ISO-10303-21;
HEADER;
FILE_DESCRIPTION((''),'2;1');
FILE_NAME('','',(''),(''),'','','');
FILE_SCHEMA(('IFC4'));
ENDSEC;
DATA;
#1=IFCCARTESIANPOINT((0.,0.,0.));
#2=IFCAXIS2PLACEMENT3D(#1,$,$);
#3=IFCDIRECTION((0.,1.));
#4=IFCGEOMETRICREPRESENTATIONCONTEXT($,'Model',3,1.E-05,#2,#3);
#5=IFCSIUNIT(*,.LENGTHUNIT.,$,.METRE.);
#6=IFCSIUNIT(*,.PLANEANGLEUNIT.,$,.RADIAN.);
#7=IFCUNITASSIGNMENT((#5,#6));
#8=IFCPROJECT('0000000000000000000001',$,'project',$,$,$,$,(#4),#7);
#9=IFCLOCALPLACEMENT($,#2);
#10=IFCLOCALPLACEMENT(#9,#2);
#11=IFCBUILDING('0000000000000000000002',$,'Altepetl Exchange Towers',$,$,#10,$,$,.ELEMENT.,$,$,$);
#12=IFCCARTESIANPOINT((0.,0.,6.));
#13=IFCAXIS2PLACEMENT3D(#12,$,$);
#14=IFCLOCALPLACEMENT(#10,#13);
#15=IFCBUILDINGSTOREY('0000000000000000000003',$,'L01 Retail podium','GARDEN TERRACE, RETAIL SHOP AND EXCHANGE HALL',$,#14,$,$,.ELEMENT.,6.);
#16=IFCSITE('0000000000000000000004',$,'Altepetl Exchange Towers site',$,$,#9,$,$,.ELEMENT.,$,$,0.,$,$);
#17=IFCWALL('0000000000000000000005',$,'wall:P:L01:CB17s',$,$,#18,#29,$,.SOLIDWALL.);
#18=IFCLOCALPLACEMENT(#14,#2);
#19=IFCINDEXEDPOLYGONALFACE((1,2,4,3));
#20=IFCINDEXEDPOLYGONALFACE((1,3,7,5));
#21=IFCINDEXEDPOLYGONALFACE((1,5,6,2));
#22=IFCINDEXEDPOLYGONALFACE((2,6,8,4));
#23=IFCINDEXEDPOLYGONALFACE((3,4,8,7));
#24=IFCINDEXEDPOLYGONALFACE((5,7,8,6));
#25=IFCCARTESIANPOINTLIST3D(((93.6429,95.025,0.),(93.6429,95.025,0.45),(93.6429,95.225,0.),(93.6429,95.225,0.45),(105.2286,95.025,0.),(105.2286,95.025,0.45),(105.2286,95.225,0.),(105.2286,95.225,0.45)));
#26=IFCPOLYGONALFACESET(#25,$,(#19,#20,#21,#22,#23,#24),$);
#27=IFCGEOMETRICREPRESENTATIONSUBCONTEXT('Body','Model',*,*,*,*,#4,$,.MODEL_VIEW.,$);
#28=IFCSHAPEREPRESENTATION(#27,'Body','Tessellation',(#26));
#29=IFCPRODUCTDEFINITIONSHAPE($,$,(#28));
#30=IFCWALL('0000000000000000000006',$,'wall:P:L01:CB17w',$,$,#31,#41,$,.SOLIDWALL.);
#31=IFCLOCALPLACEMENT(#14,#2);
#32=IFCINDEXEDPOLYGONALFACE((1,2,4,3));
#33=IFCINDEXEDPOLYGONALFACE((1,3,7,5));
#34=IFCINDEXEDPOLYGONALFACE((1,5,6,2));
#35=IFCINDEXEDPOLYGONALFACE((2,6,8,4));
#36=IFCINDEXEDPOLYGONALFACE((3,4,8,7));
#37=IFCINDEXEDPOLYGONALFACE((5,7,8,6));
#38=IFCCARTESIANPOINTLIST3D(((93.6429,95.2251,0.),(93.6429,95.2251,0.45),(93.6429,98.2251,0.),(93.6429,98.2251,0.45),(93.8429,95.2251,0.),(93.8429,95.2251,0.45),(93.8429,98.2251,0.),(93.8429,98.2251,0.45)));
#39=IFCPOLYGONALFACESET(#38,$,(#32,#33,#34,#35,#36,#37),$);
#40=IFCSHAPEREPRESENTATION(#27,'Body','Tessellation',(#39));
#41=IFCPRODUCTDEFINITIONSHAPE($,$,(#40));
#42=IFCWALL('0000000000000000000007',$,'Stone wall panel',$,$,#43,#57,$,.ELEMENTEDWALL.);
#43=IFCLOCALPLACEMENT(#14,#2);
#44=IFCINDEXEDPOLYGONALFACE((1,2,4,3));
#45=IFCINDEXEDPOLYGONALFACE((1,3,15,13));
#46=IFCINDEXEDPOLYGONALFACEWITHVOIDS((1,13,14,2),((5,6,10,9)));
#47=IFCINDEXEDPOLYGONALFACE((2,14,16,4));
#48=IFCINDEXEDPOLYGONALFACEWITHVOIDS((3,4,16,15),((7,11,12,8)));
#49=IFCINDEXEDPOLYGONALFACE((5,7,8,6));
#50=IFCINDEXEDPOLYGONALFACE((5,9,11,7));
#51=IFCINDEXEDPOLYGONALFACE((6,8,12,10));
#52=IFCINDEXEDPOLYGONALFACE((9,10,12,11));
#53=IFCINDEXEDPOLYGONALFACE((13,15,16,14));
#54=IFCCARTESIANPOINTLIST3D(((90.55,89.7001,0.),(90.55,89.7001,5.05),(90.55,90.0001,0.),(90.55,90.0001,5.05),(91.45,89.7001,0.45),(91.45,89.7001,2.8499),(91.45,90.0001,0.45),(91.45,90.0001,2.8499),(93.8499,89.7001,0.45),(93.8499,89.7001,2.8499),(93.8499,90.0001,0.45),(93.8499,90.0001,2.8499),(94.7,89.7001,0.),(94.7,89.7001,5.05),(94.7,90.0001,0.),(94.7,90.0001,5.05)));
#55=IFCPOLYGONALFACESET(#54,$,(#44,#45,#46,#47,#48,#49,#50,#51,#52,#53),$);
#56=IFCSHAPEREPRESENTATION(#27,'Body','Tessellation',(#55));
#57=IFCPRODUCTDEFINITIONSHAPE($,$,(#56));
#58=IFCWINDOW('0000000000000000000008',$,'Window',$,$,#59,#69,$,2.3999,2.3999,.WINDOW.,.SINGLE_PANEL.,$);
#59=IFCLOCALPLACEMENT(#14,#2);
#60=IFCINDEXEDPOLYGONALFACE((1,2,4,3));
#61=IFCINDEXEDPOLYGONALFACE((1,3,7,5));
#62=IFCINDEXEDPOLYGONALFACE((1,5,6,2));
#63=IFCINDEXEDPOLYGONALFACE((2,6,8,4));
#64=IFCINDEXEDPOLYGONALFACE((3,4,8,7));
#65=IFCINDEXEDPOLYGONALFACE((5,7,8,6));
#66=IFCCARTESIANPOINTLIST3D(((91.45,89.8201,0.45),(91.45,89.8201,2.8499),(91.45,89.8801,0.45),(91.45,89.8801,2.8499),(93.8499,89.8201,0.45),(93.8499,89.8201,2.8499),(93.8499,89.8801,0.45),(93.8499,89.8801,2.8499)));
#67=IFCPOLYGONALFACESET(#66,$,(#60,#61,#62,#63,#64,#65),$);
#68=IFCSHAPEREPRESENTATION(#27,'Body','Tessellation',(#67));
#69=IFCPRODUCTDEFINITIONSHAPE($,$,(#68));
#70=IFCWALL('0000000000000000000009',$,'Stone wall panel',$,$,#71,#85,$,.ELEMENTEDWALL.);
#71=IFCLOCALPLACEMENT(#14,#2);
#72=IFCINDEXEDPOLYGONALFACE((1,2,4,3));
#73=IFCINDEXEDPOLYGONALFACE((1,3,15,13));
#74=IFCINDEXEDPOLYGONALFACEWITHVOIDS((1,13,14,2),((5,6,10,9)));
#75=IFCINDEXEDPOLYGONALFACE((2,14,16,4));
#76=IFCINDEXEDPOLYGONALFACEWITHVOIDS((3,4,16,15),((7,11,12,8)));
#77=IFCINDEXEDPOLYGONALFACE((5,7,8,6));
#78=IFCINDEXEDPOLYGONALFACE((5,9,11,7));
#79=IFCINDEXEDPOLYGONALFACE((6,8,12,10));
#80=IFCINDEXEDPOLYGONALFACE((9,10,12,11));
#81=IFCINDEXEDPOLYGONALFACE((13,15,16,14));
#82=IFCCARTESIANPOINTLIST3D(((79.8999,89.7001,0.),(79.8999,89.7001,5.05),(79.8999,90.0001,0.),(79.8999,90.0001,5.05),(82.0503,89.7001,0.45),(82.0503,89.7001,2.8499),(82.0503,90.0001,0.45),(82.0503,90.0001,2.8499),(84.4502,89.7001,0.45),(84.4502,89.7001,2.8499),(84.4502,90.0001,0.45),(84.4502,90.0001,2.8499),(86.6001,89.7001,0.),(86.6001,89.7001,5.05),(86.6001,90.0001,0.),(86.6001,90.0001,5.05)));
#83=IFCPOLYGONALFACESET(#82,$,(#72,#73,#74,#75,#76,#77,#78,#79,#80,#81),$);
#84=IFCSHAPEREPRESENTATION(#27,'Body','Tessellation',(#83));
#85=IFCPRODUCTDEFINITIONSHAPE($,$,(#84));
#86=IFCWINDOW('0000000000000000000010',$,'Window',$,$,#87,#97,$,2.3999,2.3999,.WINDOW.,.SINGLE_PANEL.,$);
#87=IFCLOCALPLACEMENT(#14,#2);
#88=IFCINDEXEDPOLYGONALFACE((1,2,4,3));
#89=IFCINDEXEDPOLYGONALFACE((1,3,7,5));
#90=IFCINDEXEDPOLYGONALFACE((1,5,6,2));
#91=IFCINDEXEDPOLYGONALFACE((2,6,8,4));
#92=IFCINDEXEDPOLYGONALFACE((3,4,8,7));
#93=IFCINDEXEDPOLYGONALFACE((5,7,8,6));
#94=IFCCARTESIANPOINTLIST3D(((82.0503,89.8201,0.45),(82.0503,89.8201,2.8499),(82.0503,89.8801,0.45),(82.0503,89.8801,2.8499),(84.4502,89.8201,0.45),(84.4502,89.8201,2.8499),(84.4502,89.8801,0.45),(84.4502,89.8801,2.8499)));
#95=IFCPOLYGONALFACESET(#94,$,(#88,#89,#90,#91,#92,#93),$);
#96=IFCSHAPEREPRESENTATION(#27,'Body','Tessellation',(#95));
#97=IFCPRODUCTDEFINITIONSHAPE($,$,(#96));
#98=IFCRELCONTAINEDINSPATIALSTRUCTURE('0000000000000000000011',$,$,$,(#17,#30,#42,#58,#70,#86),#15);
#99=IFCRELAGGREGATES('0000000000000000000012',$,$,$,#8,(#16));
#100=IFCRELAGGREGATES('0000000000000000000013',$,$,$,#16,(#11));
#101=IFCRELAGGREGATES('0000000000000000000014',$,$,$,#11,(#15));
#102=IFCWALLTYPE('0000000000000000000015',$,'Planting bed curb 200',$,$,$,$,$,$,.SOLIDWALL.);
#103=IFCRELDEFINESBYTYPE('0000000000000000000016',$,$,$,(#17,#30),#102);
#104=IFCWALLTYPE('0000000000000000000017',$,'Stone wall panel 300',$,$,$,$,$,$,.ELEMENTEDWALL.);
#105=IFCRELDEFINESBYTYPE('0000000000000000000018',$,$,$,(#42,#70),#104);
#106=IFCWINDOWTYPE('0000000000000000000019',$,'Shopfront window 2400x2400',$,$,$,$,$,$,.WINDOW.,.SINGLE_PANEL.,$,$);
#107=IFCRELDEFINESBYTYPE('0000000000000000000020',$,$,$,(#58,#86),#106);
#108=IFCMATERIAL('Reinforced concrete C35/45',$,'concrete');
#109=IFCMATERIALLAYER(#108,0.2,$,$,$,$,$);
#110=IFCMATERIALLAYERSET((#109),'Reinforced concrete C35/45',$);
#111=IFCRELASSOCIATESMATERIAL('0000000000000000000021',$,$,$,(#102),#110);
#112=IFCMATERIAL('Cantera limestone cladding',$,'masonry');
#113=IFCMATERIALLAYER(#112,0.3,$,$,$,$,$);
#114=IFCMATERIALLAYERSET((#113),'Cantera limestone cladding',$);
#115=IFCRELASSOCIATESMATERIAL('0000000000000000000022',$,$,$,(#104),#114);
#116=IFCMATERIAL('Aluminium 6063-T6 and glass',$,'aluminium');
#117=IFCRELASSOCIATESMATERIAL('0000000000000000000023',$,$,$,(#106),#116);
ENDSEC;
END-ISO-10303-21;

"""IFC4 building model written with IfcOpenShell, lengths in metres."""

from ifc_helpers import new_model, si_unit, direction, frame, frame_2d, origin, place, context, subcontext, project, spatial, rectangle, extrude, material, layer, layer_set, type_object, element, fill, save


model = new_model("IFC4")

# Units and contexts
model_context = context("Model", 3, precision=1e-05, world=origin(), true_north=direction((0.0, 1.0)))
body_context = subcontext(model_context, "Body", "Model", "MODEL_VIEW")
ifc_project = project(units=[si_unit("LENGTHUNIT", "METRE"), si_unit("PLANEANGLEUNIT", "RADIAN")], contexts=[model_context])

# Site, building, storey
site_placement = place(None, origin())
site = spatial("IfcSite", under=ifc_project, at=site_placement, Name="Altepetl Exchange Towers site", CompositionType="ELEMENT", RefElevation=0.0)
building_placement = place(site_placement, origin())
building = spatial("IfcBuilding", under=site, at=building_placement, Name="Altepetl Exchange Towers", CompositionType="ELEMENT")
storey_placement = place(building_placement, frame((0.0, 0.0, 6.0)))
storey = spatial("IfcBuildingStorey", under=building, at=storey_placement, Name="L01 Retail podium", Description="GARDEN TERRACE, RETAIL SHOP AND EXCHANGE HALL", CompositionType="ELEMENT", Elevation=6.0)

# Shared definitions
ifc_material_1 = material(Name="Aluminium 6063-T6 and glass", Category="aluminium")

# Walls
ifc_material_2 = material(Name="Reinforced concrete C35/45", Category="concrete")
ifc_layer_1 = layer(ifc_material_2, 0.2)
ifc_layer_set_1 = layer_set([ifc_layer_1], Name="Reinforced concrete C35/45")
wall_type_1 = type_object("IfcWallType", Name="Planting bed curb 200", PredefinedType="SOLIDWALL", material=ifc_layer_set_1)
wall_1_placement = place(storey_placement, frame((93.6428, 95.125, 0.0)))
element("IfcWall", 1, at=wall_1_placement, inside=storey, type_object=wall_type_1, Name="wall:P:L01:CB17s", PredefinedType="SOLIDWALL", context=body_context, shape_type="SweptSolid", body=[
    extrude(rectangle(XDim=11.5857, YDim=0.2, at=frame_2d((5.793, 0.0))), origin(), (0.0, 0.0, 1.0), 0.45),
])
wall_2_placement = place(storey_placement, frame((93.7429, 95.2251, 0.0), z_axis=(0.0, 0.0, 1.0), x_axis=(0.0, 1.0, 0.0)))
element("IfcWall", 2, at=wall_2_placement, inside=storey, type_object=wall_type_1, Name="wall:P:L01:CB17w", PredefinedType="SOLIDWALL", context=body_context, shape_type="SweptSolid", body=[
    extrude(rectangle(XDim=3.0, YDim=0.2, at=frame_2d((1.5, 0.0))), origin(), (0.0, 0.0, 1.0), 0.45),
])

# Walls, openings, windows
ifc_material_3 = material(Name="Cantera limestone cladding", Category="masonry")
ifc_layer_2 = layer(ifc_material_3, 0.3)
ifc_layer_set_2 = layer_set([ifc_layer_2], Name="Cantera limestone cladding")
wall_type_2 = type_object("IfcWallType", Name="Stone wall panel 300", PredefinedType="ELEMENTEDWALL", material=ifc_layer_set_2)
wall_3_placement = place(storey_placement, frame((94.7, 89.8501, 0.0), z_axis=(0.0, 0.0, 1.0), x_axis=(-1.0, 0.0, 0.0)))
wall_3 = element("IfcWall", 3, at=wall_3_placement, inside=storey, type_object=wall_type_2, Name="Stone wall panel", PredefinedType="ELEMENTEDWALL", context=body_context, shape_type="SweptSolid", body=[
    extrude(rectangle(XDim=4.1499, YDim=0.3, at=frame_2d((2.075, 0.0))), origin(), (0.0, 0.0, 1.0), 5.05),
])
opening_1_placement = place(wall_3_placement, frame((0.8501, 0.0, 0.45)))
opening_1 = element("IfcOpeningElement", 4, at=opening_1_placement, cuts=wall_3, PredefinedType="OPENING", context=body_context, shape_type="SweptSolid", body=[
    extrude(rectangle(XDim=2.3999, YDim=2.3999, at=frame_2d((1.2, 1.2))), frame((0.0, 0.1602, 0.0), z_axis=(0.0, -1.0, 0.0), x_axis=(1.0, 0.0, 0.0)), (0.0, 0.0, 1.0), 0.3201),
])
window_type = type_object("IfcWindowType", Name="Shopfront window 2400x2400", PartitioningType="SINGLE_PANEL", PredefinedType="WINDOW", material=ifc_material_1)
window_1_placement = place(opening_1_placement, origin())
window_1 = element("IfcWindow", 5, at=window_1_placement, inside=storey, type_object=window_type, Name="Window", OverallHeight=2.3999, OverallWidth=2.3999, PartitioningType="SINGLE_PANEL", PredefinedType="WINDOW", context=body_context, shape_type="SweptSolid", body=[
    extrude(rectangle(XDim=2.3999, YDim=2.3999, at=frame_2d((1.2, 1.2))), frame((0.0, 0.03, 0.0), z_axis=(0.0, -1.0, 0.0), x_axis=(1.0, 0.0, 0.0)), (0.0, 0.0, 1.0), 0.0601),
])
fill(opening_1, window_1)
wall_4_placement = place(storey_placement, frame((86.6001, 89.8501, 0.0), z_axis=(0.0, 0.0, 1.0), x_axis=(-1.0, 0.0, 0.0)))
wall_4 = element("IfcWall", 6, at=wall_4_placement, inside=storey, type_object=wall_type_2, Name="Stone wall panel", PredefinedType="ELEMENTEDWALL", context=body_context, shape_type="SweptSolid", body=[
    extrude(rectangle(XDim=6.7002, YDim=0.3, at=frame_2d((3.3501, 0.0))), origin(), (0.0, 0.0, 1.0), 5.05),
])
opening_2_placement = place(wall_4_placement, frame((2.1499, 0.0, 0.45)))
opening_2 = element("IfcOpeningElement", 7, at=opening_2_placement, cuts=wall_4, PredefinedType="OPENING", context=body_context, shape_type="SweptSolid", body=[
    extrude(rectangle(XDim=2.3999, YDim=2.3999, at=frame_2d((1.2, 1.2))), frame((0.0, 0.1602, 0.0), z_axis=(0.0, -1.0, 0.0), x_axis=(1.0, 0.0, 0.0)), (0.0, 0.0, 1.0), 0.3201),
])
window_2_placement = place(opening_2_placement, origin())
window_2 = element("IfcWindow", 8, at=window_2_placement, inside=storey, type_object=window_type, Name="Window", OverallHeight=2.3999, OverallWidth=2.3999, PartitioningType="SINGLE_PANEL", PredefinedType="WINDOW", context=body_context, shape_type="SweptSolid", body=[
    extrude(rectangle(XDim=2.3999, YDim=2.3999, at=frame_2d((1.2, 1.2))), frame((0.0, 0.03, 0.0), z_axis=(0.0, -1.0, 0.0), x_axis=(1.0, 0.0, 0.0)), (0.0, 0.0, 1.0), 0.0601),
])
fill(opening_2, window_2)

save(model, "model.ifc")
